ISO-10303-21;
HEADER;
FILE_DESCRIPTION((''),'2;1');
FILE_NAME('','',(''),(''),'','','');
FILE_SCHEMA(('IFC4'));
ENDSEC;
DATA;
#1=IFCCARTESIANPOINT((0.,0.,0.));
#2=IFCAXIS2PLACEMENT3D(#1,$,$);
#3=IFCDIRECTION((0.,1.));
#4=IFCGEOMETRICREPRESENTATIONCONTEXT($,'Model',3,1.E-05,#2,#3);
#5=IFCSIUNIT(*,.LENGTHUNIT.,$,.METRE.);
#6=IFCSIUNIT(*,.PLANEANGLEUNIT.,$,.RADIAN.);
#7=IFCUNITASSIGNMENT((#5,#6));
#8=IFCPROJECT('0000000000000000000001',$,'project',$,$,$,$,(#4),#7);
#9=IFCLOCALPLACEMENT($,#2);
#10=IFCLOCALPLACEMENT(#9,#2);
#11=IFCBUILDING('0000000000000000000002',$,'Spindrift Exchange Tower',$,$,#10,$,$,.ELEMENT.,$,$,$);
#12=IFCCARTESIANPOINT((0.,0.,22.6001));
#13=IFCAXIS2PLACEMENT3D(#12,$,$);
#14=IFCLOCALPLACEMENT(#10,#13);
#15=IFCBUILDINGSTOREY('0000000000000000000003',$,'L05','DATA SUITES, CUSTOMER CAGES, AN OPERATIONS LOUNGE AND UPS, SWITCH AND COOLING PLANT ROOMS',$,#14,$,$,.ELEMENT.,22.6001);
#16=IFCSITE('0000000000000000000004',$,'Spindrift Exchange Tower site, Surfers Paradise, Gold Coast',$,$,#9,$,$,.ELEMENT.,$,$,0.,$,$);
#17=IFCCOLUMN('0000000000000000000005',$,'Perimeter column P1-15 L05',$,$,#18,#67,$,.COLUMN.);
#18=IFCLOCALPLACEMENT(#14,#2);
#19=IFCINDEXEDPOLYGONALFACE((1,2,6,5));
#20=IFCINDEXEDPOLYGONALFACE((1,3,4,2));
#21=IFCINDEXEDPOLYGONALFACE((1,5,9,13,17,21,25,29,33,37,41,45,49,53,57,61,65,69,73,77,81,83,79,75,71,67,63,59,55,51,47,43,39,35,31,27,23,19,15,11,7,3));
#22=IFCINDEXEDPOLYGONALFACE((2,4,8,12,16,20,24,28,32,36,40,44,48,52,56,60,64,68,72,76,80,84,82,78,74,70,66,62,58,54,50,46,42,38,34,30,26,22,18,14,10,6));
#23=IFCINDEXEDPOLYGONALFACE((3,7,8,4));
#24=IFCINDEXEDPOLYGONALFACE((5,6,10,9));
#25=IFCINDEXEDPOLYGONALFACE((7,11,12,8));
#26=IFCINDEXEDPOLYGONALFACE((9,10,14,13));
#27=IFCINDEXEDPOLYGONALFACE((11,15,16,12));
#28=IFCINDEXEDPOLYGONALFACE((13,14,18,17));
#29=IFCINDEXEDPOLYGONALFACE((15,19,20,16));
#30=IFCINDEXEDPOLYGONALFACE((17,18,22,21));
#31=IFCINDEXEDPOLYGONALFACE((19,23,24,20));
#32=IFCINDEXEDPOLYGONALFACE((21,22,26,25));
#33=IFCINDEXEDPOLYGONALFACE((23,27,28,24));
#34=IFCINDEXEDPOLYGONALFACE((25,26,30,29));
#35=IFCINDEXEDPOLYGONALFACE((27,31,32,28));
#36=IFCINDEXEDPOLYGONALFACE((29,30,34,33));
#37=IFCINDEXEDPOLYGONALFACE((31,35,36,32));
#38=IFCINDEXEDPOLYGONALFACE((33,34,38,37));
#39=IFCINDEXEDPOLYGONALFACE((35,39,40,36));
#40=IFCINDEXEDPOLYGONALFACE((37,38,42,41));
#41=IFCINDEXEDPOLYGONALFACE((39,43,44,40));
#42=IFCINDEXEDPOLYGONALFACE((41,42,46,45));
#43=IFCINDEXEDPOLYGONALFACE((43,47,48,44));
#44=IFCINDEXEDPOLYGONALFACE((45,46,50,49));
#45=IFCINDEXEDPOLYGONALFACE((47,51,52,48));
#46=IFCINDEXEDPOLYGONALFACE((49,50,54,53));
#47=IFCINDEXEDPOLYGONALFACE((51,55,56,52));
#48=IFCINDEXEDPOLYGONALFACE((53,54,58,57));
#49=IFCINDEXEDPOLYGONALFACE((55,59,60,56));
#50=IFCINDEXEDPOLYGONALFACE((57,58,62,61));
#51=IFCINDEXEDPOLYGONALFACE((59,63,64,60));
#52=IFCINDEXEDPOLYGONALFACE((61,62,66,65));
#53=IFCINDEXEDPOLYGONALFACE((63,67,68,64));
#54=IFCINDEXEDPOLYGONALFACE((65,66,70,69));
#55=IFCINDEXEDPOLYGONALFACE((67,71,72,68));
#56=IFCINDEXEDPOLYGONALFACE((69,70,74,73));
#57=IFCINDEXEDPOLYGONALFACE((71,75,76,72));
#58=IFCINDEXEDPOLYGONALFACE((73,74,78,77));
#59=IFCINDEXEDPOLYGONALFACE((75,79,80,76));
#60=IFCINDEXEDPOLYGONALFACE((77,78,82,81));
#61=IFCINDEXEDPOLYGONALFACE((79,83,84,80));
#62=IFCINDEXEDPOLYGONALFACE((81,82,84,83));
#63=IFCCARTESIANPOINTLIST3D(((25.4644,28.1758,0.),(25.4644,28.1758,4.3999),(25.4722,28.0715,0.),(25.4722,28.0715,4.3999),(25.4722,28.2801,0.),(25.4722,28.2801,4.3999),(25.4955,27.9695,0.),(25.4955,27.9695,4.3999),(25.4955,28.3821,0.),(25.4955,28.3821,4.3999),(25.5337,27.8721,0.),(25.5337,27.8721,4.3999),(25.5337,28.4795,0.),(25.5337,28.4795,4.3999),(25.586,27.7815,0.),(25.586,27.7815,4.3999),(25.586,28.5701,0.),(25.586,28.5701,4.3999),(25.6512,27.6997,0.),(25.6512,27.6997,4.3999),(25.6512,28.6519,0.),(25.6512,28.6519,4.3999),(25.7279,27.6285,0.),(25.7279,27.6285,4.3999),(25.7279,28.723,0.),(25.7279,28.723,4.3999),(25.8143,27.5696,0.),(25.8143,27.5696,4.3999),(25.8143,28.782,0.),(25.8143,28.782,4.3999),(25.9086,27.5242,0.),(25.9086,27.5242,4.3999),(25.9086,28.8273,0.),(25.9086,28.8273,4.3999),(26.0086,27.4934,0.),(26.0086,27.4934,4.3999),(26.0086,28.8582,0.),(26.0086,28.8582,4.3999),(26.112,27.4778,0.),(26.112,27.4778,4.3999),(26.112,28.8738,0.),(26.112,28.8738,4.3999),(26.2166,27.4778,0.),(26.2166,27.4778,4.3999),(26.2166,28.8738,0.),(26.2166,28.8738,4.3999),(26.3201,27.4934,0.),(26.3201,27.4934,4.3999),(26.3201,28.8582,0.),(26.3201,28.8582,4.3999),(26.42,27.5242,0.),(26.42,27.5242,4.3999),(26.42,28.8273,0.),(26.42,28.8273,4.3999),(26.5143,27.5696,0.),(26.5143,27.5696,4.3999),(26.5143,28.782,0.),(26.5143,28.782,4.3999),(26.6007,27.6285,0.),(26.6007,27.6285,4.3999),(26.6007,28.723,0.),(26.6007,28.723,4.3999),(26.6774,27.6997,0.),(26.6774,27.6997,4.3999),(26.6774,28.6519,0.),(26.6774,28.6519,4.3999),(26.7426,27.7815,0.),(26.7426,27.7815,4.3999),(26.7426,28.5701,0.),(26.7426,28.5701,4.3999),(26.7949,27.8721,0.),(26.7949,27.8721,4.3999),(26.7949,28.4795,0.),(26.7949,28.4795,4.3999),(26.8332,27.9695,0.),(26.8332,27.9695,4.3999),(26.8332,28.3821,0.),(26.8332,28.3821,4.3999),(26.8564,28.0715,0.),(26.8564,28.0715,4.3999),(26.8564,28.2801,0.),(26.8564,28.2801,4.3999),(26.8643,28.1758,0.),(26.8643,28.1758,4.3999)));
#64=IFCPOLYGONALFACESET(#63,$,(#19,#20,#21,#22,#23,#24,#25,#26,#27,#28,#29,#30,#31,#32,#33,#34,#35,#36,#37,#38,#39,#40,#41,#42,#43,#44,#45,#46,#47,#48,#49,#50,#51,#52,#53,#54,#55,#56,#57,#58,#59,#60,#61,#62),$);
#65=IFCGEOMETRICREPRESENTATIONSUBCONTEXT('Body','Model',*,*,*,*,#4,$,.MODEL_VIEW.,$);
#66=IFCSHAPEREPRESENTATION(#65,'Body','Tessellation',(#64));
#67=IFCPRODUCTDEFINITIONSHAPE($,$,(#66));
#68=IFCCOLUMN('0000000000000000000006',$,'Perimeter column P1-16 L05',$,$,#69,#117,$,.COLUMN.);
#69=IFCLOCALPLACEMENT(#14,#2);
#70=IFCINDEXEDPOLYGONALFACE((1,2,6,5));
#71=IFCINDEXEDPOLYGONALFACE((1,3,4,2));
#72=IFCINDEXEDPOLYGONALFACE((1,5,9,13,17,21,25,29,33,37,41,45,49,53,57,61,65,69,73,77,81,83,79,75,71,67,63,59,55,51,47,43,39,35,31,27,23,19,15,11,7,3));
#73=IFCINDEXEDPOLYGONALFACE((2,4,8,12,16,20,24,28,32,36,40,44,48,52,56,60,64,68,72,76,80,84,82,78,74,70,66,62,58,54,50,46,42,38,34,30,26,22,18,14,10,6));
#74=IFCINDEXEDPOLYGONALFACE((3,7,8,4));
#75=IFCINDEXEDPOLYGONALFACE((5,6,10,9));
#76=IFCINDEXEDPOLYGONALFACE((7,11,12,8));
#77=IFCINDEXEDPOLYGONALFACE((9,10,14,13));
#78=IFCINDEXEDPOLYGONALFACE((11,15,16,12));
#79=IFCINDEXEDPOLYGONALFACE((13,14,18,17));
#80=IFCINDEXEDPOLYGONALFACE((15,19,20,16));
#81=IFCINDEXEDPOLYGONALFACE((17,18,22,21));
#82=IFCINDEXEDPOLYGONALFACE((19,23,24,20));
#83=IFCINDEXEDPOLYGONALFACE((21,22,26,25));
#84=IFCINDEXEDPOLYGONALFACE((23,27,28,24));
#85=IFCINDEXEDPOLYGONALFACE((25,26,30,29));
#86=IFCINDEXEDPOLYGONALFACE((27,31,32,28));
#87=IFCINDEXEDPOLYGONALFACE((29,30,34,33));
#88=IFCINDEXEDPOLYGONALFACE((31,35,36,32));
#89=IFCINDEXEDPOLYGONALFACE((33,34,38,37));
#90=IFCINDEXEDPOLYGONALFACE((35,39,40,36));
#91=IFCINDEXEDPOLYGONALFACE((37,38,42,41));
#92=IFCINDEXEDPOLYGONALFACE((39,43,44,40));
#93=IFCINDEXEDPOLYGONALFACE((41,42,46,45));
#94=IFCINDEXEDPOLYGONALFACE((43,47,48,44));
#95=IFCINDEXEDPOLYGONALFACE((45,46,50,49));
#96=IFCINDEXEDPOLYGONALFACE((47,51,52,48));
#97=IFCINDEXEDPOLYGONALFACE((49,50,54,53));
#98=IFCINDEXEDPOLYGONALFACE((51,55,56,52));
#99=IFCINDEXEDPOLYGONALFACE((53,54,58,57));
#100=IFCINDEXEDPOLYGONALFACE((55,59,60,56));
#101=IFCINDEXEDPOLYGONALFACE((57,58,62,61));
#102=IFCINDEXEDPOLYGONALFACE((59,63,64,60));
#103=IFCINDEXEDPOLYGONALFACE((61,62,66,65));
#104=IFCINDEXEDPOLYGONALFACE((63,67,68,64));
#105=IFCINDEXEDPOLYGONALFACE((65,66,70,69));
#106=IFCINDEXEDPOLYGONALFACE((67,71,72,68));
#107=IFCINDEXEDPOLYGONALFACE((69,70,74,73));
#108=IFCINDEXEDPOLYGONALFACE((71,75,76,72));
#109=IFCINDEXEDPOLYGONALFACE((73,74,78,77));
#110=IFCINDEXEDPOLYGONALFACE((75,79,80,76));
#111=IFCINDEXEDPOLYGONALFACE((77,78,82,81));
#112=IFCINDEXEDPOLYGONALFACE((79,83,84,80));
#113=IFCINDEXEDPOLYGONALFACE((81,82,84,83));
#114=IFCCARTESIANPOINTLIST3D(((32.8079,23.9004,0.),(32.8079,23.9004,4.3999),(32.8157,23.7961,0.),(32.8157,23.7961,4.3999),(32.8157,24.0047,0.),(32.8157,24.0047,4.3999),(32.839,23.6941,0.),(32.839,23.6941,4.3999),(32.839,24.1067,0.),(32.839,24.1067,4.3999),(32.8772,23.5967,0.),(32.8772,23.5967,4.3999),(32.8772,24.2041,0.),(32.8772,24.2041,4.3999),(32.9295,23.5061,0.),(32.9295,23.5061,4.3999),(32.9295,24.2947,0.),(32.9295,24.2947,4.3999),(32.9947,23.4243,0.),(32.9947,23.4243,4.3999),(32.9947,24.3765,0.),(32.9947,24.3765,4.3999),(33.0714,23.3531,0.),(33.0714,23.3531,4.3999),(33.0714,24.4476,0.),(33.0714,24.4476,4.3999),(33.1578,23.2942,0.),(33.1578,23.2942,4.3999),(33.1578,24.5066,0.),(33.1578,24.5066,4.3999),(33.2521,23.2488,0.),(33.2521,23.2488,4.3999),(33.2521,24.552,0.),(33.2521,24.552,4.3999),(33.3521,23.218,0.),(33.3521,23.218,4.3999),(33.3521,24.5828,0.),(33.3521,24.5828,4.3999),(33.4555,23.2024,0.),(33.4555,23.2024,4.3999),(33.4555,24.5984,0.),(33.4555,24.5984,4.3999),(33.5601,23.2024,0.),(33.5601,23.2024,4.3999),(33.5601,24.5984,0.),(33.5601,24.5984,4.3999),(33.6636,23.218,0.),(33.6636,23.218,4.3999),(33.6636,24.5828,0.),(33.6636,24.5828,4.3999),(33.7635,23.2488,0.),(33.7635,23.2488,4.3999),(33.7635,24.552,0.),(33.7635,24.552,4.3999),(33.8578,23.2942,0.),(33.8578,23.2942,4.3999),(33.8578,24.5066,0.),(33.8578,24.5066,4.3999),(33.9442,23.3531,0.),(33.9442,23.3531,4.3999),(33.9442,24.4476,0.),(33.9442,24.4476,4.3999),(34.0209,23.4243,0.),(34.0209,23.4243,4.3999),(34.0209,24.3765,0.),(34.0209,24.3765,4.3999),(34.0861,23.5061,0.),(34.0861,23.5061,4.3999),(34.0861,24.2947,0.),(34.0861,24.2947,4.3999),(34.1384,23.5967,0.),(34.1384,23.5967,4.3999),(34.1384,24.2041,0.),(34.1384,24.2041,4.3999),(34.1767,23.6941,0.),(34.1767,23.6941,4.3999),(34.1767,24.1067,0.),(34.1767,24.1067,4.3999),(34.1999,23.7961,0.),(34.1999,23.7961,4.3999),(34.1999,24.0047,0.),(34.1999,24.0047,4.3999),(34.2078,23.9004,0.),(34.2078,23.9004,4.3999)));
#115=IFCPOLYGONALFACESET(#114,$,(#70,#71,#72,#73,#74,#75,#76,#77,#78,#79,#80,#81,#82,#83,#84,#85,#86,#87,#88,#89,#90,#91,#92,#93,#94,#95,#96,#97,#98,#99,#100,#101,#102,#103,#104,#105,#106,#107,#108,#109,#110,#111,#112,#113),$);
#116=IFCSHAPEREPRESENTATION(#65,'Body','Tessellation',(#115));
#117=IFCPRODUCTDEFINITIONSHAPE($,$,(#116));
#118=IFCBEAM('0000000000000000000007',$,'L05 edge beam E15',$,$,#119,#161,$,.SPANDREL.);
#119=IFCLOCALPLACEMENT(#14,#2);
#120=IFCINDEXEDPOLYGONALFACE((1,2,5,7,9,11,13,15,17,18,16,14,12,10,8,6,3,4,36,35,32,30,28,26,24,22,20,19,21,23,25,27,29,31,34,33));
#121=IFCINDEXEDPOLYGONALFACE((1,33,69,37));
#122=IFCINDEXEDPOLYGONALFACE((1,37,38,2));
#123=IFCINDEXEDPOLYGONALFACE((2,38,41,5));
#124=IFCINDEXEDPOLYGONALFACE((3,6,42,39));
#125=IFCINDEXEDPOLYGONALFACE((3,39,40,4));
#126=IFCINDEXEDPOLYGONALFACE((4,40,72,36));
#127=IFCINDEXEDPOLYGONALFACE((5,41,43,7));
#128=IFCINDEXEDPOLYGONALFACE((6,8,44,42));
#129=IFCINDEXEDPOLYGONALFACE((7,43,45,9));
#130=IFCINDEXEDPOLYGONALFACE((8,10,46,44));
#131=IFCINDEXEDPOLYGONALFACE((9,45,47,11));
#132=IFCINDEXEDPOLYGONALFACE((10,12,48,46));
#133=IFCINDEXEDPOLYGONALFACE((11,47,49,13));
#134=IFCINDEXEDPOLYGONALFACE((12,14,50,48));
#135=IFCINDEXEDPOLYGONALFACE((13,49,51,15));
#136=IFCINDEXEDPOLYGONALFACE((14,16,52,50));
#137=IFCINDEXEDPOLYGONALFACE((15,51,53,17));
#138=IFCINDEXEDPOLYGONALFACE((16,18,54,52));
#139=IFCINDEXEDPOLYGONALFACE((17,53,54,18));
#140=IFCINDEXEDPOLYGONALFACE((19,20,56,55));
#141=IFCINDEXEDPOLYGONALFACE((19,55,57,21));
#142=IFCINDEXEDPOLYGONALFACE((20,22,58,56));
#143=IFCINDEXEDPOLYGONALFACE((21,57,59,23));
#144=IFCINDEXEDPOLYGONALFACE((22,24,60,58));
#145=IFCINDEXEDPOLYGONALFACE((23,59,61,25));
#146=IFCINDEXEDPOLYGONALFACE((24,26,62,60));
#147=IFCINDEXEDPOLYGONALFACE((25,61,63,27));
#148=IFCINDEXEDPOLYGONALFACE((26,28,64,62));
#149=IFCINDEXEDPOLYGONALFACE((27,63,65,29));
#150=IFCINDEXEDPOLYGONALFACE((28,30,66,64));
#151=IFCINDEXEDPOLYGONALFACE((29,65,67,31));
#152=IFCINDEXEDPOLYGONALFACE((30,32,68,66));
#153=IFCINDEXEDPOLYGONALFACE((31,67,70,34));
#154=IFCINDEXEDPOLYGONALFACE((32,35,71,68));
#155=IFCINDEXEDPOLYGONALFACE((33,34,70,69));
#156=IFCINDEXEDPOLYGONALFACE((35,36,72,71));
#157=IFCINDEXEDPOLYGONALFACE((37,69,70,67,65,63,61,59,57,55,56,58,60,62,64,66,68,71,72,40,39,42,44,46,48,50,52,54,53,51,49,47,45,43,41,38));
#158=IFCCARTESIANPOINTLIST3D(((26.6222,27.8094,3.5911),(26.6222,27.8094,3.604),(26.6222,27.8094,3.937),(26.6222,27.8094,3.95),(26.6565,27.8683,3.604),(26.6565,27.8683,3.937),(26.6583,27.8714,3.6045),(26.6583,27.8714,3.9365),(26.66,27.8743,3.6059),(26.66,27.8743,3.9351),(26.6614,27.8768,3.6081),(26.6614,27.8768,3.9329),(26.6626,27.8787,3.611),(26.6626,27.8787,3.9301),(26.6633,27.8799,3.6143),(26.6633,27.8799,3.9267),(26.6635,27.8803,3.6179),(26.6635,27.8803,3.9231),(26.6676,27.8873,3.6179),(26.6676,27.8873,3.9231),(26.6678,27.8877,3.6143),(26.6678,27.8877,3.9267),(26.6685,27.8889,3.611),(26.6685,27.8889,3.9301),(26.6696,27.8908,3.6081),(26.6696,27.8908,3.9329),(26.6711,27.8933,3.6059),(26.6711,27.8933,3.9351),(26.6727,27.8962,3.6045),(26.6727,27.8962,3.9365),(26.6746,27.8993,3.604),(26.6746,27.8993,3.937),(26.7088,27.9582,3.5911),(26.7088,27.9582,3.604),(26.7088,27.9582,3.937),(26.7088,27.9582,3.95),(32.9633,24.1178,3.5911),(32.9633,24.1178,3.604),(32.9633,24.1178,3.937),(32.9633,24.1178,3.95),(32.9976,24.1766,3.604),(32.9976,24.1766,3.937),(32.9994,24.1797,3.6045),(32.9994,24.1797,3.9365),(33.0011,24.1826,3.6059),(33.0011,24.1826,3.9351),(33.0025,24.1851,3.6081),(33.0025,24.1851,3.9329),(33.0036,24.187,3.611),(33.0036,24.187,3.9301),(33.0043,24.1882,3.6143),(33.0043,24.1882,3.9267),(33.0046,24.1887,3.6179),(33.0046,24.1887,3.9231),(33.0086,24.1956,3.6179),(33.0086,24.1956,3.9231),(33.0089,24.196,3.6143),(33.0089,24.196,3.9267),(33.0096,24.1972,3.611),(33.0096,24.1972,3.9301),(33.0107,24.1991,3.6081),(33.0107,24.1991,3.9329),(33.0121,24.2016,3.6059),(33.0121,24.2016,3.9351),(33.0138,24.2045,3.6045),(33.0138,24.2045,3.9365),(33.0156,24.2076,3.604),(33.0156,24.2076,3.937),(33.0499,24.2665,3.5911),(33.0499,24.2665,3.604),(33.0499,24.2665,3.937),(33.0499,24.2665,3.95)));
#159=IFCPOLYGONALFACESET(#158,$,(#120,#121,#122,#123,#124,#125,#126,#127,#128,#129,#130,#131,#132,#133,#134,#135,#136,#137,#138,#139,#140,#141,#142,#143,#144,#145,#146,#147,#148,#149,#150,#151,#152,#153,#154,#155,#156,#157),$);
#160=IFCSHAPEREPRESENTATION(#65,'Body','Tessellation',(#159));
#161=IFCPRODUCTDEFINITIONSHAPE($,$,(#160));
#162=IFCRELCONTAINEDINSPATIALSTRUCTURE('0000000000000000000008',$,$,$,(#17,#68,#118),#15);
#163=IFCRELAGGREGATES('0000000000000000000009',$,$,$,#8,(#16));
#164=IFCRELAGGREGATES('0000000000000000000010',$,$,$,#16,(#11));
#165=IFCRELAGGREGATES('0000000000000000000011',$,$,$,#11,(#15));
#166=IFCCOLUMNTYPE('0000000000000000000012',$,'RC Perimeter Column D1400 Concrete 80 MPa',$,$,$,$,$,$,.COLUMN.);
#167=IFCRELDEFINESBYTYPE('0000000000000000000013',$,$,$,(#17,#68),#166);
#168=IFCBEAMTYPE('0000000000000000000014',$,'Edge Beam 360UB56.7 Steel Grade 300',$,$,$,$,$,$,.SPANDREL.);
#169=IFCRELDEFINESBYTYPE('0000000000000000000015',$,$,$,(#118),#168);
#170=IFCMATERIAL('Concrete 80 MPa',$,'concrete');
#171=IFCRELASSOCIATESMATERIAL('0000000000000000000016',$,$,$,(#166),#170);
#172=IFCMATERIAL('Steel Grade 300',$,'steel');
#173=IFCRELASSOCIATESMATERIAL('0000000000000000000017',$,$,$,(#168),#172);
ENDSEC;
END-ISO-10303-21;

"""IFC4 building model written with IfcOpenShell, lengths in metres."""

from ifc_helpers import new_model, si_unit, direction, frame, origin, origin_2d, place, context, subcontext, project, spatial, circle, i_section, extrude, source, transform, mapped, material, material_profile, profile_set, type_object, element, save


model = new_model("IFC4")

# Units and contexts
model_context = context("Model", 3, precision=1e-05, world=origin(), true_north=direction((0.0, 1.0)))
body_context = subcontext(model_context, "Body", "Model", "MODEL_VIEW")
ifc_project = project(units=[si_unit("LENGTHUNIT", "METRE"), si_unit("PLANEANGLEUNIT", "RADIAN")], contexts=[model_context])

# Site, building, storey
site_placement = place(None, origin())
site = spatial("IfcSite", under=ifc_project, at=site_placement, Name="Spindrift Exchange Tower site, Surfers Paradise, Gold Coast", CompositionType="ELEMENT", RefElevation=0.0)
building_placement = place(site_placement, origin())
building = spatial("IfcBuilding", under=site, at=building_placement, Name="Spindrift Exchange Tower", CompositionType="ELEMENT")
storey_placement = place(building_placement, frame((0.0, 0.0, 22.6001)))
storey = spatial("IfcBuildingStorey", under=building, at=storey_placement, Name="L05", Description="DATA SUITES, CUSTOMER CAGES, AN OPERATIONS LOUNGE AND UPS, SWITCH AND COOLING PLANT ROOMS", CompositionType="ELEMENT", Elevation=22.6001)

# Columns
ifc_material_1 = material(Name="Concrete 80 MPa", Category="concrete")
ifc_material_profile_1 = material_profile(ifc_material_1, circle(Radius=0.7, at=origin_2d()), Name="RC D1400")
ifc_profile_set_1 = profile_set([ifc_material_profile_1], Name="Concrete 80 MPa")
column_type = type_object("IfcColumnType", Name="RC Perimeter Column D1400 Concrete 80 MPa", PredefinedType="COLUMN", material=ifc_profile_set_1)
shared_shape_1 = source(origin(), body_context, "Body", "SweptSolid", [
    extrude(circle(Radius=0.7, at=origin_2d()), origin(), (0.0, 0.0, 1.0), 4.3999),
])
for number, where, z_axis, x_axis, name in (
    (1, (26.1643, 28.1758, 0.0), (0.0, 0.0, 1.0), (1.0, 0.0, 0.0), "Perimeter column P1-15 L05"),
    (2, (33.5078, 23.9004, 0.0), (0.0, 0.0, 1.0), (1.0, 0.0, 0.0), "Perimeter column P1-16 L05"),
):
    element("IfcColumn", number, at=place(storey_placement, frame(where, z_axis=z_axis, x_axis=x_axis)), inside=storey, type_object=column_type, Name=name, PredefinedType="COLUMN", context=body_context, shape_type="MappedRepresentation", body=[
        mapped(shared_shape_1, transform((0.0, 0.0, 0.0), scale=1.0)),
    ])

# Beam
ifc_material_2 = material(Name="Steel Grade 300", Category="steel")
ifc_material_profile_2 = material_profile(ifc_material_2, i_section(OverallWidth=0.1721, OverallDepth=0.3589, WebThickness=0.0081, FlangeThickness=0.0129, FilletRadius=0.0139, at=origin_2d()), Name="360UB56.7")
ifc_profile_set_2 = profile_set([ifc_material_profile_2], Name="Steel Grade 300")
beam_type_1 = type_object("IfcBeamType", Name="Edge Beam 360UB56.7 Steel Grade 300", PredefinedType="SPANDREL", material=ifc_profile_set_2)
shared_shape_2 = source(origin(), body_context, "Body", "SweptSolid", [
    extrude(i_section(OverallWidth=0.1721, OverallDepth=0.3589, WebThickness=0.0081, FlangeThickness=0.0129, FilletRadius=0.0139, at=origin_2d()), origin(), (0.0, 0.0, 1.0), 7.3374),
])
beam_1_placement = place(storey_placement, frame((26.6655, 27.8838, 3.7705), z_axis=(0.864212, -0.503128, 0.0), x_axis=(0.503128, 0.864212, 0.0)))
element("IfcBeam", 3, at=beam_1_placement, inside=storey, type_object=beam_type_1, Name="L05 edge beam E15", PredefinedType="SPANDREL", context=body_context, shape_type="MappedRepresentation", body=[
    mapped(shared_shape_2, transform((0.0, 0.0, 0.0), scale=1.0)),
])

save(model, "model.ifc")
